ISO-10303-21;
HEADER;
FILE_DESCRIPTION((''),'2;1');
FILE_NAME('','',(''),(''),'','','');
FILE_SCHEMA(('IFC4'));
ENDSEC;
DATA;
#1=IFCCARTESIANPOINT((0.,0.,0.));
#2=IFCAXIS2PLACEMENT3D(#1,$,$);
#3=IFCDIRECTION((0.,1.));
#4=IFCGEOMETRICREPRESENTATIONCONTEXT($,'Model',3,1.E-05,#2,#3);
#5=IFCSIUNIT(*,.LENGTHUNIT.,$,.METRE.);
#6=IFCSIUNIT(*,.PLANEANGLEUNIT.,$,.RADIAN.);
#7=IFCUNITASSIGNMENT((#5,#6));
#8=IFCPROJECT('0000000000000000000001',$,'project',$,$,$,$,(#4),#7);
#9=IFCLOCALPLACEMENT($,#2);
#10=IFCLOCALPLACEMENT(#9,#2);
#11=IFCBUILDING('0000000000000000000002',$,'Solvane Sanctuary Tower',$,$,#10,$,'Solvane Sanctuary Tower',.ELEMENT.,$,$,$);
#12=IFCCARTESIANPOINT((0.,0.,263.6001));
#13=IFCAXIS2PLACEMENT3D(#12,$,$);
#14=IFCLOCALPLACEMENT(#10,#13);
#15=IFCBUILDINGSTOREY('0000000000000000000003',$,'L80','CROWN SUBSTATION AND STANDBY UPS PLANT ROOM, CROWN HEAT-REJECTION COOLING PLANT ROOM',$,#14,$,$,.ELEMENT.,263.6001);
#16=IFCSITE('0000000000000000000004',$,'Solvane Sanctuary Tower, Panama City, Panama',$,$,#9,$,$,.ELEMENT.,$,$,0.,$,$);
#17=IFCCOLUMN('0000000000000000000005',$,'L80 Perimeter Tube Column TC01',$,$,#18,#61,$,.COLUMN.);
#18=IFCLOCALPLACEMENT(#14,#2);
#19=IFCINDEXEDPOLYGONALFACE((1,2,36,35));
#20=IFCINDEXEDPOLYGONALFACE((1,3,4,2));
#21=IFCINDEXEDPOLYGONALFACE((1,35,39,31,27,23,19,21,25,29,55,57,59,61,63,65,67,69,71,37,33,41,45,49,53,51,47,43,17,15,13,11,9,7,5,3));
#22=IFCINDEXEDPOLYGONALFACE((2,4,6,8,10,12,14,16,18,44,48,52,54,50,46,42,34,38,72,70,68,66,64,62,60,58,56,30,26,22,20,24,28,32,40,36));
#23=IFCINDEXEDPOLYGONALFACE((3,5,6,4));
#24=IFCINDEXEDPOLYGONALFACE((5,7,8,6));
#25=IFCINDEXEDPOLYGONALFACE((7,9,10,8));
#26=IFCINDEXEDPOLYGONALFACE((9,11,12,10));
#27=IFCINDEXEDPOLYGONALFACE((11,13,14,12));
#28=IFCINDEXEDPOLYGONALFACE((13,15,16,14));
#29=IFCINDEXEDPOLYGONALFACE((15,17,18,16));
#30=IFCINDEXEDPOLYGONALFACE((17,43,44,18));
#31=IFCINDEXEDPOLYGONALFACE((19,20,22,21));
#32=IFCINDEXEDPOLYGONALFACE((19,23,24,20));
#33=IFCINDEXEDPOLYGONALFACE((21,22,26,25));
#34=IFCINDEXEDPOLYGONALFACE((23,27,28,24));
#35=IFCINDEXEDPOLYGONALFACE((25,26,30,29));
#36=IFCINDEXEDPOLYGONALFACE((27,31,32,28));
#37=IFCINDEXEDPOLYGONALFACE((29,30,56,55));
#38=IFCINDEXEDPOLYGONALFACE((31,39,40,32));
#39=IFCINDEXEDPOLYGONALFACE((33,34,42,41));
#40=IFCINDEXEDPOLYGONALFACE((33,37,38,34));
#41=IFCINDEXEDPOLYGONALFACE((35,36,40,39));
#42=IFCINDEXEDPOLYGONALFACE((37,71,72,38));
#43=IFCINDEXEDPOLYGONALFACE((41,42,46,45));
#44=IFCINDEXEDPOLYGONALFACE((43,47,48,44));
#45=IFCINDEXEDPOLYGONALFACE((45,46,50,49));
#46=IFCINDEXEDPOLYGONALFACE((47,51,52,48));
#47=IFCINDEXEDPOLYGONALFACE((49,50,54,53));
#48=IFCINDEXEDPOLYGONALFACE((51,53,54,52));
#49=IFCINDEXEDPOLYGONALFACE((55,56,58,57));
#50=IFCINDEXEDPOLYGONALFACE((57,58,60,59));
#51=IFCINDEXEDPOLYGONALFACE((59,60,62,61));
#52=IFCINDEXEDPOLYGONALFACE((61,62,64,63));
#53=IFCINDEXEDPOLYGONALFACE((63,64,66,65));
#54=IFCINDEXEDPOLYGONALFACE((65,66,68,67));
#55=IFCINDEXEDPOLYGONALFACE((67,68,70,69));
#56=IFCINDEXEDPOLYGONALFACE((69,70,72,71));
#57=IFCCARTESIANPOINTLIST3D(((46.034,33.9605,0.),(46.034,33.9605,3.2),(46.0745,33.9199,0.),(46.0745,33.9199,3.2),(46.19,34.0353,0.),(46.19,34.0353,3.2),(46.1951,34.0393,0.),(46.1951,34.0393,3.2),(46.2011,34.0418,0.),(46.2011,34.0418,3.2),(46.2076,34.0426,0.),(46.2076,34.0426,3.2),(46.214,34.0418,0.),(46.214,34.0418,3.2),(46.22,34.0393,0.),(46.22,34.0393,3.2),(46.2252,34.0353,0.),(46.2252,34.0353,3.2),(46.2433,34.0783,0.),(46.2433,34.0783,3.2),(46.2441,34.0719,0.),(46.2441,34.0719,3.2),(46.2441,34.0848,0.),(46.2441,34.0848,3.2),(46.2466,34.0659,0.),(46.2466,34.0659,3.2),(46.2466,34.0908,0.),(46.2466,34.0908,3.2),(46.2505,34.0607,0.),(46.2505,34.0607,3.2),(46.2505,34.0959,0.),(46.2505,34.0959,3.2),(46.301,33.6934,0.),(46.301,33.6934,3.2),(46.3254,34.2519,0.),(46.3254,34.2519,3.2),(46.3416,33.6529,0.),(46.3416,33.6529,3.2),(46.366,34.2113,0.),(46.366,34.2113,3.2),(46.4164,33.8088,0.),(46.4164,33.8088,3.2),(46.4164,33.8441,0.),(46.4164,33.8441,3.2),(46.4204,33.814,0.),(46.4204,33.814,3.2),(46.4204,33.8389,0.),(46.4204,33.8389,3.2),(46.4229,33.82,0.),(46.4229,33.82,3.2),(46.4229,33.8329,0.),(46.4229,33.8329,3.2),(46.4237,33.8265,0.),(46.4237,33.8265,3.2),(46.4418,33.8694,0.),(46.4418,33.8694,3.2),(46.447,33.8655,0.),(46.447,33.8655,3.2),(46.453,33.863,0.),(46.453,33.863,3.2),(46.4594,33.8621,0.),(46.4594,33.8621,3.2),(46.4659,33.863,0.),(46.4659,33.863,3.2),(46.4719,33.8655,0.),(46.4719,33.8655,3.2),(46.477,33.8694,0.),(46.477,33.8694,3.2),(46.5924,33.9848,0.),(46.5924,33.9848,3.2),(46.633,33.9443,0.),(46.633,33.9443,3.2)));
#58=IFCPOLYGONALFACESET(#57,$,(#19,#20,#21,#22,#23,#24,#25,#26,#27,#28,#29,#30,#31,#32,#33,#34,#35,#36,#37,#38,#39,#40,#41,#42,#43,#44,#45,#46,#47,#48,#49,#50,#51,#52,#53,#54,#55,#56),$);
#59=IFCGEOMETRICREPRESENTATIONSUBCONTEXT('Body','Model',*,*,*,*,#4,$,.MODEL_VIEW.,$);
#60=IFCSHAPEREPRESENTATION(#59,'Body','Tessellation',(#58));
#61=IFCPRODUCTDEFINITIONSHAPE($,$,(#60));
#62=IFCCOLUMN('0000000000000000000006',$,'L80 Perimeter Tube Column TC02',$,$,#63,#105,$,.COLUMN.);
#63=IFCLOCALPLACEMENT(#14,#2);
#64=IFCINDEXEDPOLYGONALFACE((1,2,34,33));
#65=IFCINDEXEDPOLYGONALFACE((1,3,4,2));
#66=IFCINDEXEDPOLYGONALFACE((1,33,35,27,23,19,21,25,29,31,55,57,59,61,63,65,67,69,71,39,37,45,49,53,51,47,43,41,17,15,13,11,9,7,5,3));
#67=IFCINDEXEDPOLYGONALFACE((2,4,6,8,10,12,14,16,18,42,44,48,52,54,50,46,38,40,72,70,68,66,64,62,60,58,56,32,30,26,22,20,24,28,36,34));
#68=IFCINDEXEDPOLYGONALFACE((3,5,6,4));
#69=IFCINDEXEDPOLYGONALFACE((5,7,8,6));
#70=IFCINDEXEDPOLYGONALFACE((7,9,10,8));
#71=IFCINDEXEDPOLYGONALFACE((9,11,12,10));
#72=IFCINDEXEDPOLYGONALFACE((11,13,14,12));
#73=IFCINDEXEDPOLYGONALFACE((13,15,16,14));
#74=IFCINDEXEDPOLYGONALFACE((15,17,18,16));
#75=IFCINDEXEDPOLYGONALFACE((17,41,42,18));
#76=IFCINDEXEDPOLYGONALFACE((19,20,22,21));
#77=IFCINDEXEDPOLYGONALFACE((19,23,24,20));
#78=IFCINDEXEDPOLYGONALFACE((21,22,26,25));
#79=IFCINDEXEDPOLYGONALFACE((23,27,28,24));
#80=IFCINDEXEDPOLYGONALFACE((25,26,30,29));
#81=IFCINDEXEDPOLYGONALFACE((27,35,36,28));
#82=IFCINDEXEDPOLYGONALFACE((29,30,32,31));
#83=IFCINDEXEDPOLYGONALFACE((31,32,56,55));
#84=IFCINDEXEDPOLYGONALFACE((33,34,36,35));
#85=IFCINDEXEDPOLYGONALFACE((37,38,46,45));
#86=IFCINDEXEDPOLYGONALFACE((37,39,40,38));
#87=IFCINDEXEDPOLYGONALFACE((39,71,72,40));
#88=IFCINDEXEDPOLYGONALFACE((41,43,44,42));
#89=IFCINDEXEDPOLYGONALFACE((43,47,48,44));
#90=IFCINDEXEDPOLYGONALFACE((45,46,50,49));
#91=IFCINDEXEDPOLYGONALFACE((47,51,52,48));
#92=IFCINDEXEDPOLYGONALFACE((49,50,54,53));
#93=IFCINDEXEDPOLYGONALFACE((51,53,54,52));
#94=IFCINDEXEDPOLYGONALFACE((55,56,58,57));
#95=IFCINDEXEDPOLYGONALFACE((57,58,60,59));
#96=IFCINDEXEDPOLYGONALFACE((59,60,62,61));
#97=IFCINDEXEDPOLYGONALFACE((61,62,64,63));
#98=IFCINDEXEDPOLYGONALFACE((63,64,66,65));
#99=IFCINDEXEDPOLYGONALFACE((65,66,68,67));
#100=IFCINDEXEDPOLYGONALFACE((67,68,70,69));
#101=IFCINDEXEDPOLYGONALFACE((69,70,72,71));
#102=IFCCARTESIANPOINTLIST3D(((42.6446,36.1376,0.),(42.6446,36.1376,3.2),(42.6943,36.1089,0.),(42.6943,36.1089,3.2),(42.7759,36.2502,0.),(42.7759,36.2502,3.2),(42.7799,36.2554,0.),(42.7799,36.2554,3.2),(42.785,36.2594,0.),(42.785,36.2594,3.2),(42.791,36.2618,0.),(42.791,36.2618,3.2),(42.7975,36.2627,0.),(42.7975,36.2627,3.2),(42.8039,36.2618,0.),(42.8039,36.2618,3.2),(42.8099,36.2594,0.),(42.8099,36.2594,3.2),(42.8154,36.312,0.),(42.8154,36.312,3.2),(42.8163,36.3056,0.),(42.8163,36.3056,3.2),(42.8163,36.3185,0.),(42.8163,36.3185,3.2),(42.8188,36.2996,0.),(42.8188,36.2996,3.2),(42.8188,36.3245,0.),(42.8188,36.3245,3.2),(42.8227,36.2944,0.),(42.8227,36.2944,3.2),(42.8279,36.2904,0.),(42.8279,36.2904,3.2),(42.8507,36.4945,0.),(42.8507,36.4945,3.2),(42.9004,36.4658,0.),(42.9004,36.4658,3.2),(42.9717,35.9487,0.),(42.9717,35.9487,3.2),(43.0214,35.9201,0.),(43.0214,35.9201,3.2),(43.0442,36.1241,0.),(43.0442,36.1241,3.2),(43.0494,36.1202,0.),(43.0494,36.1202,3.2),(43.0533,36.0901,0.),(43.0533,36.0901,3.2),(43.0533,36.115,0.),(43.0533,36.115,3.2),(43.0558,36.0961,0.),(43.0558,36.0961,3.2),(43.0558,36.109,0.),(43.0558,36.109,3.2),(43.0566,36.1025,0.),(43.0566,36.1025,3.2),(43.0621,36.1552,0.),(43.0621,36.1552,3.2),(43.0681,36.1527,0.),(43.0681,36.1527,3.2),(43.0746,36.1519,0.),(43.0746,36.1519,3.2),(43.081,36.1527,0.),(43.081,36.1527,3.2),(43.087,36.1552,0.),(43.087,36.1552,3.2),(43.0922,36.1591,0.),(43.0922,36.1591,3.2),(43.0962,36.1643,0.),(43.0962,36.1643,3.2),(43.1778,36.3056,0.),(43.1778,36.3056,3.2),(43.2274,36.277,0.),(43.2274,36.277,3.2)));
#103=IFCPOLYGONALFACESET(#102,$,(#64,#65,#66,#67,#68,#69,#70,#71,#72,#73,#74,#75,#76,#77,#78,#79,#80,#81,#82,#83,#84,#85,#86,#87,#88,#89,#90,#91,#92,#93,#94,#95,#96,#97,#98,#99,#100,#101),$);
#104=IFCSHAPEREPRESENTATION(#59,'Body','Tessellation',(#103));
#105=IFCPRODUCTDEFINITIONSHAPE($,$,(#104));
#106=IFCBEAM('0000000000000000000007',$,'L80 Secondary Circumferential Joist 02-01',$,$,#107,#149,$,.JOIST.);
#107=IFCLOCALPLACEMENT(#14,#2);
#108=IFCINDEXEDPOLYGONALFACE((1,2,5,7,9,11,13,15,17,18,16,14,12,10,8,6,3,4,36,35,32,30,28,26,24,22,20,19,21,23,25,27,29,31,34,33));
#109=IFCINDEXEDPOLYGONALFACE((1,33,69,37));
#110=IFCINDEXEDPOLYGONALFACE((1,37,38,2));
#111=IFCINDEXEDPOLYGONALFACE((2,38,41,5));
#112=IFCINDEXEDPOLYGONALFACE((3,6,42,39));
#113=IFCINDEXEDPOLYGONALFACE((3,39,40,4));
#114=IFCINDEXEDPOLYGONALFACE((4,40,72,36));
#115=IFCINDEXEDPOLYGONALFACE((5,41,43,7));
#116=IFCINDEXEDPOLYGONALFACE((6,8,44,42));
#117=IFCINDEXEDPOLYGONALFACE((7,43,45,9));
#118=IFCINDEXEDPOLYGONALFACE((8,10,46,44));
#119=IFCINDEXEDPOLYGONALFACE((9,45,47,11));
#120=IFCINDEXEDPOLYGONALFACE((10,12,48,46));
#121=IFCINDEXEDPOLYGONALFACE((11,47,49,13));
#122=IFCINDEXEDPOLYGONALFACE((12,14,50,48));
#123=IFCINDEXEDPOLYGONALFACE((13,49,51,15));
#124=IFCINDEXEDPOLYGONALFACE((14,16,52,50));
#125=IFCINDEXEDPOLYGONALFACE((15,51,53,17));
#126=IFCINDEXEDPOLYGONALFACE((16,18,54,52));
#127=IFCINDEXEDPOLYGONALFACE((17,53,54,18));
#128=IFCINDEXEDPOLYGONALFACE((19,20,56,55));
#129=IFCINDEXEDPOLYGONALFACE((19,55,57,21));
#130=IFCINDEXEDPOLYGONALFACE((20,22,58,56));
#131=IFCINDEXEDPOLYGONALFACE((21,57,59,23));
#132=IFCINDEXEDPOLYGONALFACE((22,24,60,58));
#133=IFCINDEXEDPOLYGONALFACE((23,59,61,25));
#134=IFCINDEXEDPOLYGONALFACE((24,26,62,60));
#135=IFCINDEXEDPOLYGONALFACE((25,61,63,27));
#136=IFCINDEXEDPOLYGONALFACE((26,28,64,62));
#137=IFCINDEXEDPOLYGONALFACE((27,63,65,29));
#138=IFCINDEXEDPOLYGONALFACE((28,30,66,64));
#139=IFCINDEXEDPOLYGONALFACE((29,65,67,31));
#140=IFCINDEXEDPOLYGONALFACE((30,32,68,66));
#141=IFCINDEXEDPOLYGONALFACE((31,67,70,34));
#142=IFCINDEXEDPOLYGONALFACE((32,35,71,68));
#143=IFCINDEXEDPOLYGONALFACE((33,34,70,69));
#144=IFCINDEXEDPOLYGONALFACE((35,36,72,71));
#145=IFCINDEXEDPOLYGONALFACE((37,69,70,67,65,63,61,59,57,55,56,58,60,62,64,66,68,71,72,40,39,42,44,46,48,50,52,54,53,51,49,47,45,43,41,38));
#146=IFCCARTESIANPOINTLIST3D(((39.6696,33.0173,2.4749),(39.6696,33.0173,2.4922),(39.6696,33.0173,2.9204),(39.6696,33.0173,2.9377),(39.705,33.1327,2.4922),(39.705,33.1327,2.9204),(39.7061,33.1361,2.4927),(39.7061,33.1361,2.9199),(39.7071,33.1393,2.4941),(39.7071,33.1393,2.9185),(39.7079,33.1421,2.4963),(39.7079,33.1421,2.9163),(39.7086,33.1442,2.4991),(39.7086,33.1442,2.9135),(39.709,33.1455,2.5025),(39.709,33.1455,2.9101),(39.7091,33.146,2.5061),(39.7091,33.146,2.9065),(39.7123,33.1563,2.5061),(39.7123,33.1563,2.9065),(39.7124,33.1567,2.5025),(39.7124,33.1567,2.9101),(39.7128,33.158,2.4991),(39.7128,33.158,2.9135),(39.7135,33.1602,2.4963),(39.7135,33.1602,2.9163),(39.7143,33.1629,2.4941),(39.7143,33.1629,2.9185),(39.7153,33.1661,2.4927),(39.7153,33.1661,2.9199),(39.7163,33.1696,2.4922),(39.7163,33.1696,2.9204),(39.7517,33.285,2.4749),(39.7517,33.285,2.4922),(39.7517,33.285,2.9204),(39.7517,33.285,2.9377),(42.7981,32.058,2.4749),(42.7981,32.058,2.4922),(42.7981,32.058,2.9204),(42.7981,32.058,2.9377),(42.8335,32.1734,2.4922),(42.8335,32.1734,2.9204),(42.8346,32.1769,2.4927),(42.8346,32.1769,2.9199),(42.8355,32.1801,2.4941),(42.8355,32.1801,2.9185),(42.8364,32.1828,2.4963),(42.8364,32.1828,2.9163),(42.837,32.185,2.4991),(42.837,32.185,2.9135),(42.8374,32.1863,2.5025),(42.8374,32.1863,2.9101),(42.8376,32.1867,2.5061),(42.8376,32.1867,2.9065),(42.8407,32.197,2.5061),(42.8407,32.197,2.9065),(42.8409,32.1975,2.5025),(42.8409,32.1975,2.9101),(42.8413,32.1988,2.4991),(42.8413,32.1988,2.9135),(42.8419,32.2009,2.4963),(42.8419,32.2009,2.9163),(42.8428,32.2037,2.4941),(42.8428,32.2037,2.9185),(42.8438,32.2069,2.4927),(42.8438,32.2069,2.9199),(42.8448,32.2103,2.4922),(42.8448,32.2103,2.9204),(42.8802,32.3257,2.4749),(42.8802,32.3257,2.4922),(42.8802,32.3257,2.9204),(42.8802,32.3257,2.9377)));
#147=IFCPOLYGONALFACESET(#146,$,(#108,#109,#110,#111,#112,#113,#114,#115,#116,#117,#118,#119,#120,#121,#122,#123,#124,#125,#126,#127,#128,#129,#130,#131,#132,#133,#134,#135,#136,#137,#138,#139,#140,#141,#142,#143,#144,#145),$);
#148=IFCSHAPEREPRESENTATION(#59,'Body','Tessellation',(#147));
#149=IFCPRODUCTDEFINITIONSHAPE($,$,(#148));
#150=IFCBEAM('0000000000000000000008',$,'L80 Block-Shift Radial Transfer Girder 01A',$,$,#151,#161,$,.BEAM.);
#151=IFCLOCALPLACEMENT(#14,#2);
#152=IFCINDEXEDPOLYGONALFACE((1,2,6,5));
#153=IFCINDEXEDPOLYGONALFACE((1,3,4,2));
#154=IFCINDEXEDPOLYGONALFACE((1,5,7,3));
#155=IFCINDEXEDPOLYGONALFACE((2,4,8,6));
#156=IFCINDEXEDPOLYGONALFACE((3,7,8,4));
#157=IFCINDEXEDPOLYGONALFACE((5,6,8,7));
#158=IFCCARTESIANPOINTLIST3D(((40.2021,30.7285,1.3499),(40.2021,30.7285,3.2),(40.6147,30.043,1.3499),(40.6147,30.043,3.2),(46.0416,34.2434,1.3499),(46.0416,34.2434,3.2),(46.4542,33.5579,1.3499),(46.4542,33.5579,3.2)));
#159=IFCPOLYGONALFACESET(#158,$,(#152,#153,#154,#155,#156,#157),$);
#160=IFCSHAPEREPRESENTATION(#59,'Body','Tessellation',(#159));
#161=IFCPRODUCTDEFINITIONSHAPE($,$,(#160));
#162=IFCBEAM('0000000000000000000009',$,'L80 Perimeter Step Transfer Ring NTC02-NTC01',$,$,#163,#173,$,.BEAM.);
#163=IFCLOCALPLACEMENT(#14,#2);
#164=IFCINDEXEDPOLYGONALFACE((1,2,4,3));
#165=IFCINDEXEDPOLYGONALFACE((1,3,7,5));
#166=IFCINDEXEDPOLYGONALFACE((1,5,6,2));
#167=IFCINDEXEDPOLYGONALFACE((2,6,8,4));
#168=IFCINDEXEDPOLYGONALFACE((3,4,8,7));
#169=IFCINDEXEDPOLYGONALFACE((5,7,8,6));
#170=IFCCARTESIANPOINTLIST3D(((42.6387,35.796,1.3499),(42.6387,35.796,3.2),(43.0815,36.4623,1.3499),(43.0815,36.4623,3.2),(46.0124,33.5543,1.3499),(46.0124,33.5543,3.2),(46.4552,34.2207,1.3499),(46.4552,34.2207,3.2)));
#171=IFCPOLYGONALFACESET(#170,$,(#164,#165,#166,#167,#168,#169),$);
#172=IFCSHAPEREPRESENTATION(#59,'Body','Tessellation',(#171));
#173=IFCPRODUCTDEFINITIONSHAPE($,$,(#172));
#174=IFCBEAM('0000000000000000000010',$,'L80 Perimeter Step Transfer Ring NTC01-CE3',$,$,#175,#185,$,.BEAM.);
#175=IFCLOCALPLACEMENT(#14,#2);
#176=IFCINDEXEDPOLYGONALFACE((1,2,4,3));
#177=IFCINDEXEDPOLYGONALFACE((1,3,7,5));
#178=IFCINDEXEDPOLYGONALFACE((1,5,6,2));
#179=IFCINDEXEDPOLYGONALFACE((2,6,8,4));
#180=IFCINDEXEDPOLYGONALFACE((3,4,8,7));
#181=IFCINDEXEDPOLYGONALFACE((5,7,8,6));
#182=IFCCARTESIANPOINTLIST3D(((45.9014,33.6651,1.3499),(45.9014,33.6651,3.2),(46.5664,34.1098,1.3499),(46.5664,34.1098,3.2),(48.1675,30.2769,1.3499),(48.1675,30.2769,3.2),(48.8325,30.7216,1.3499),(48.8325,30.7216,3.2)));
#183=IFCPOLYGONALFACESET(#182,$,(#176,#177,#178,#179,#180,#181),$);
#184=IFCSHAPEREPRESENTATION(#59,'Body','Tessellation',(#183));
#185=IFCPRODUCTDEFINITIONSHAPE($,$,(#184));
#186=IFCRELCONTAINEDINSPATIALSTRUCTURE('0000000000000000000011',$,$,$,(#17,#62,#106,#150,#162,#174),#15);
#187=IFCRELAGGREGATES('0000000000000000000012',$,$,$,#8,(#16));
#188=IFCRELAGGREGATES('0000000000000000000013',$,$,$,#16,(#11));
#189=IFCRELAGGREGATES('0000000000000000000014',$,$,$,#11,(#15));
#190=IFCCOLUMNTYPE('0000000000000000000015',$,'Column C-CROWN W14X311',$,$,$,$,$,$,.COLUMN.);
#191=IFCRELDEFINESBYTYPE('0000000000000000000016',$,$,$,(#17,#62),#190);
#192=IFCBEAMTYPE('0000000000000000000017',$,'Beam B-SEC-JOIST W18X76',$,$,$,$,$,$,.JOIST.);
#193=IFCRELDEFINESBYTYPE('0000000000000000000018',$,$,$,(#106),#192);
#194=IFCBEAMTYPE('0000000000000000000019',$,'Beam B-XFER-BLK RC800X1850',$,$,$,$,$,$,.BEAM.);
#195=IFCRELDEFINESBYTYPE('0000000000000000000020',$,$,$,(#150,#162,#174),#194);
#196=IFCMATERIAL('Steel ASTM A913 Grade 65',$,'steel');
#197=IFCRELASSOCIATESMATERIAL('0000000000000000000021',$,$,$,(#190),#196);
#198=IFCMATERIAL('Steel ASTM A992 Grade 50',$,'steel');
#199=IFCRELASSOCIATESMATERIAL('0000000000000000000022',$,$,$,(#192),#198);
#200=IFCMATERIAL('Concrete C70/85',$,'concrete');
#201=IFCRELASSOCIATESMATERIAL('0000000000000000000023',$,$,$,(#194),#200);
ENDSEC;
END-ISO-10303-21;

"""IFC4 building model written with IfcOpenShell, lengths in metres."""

from ifc_helpers import new_model, si_unit, direction, frame, origin, origin_2d, place, context, subcontext, project, spatial, rectangle, i_section, extrude, material, material_profile, profile_set, type_object, element, save


model = new_model("IFC4")

# Units and contexts
model_context = context("Model", 3, precision=1e-05, world=origin(), true_north=direction((0.0, 1.0)))
body_context = subcontext(model_context, "Body", "Model", "MODEL_VIEW")
ifc_project = project(units=[si_unit("LENGTHUNIT", "METRE"), si_unit("PLANEANGLEUNIT", "RADIAN")], contexts=[model_context])

# Site, building, storey
site_placement = place(None, origin())
site = spatial("IfcSite", under=ifc_project, at=site_placement, Name="Solvane Sanctuary Tower, Panama City, Panama", CompositionType="ELEMENT", RefElevation=0.0)
building_placement = place(site_placement, origin())
building = spatial("IfcBuilding", under=site, at=building_placement, Name="Solvane Sanctuary Tower", LongName="Solvane Sanctuary Tower", CompositionType="ELEMENT")
storey_placement = place(building_placement, frame((0.0, 0.0, 263.6001)))
storey = spatial("IfcBuildingStorey", under=building, at=storey_placement, Name="L80", Description="CROWN SUBSTATION AND STANDBY UPS PLANT ROOM, CROWN HEAT-REJECTION COOLING PLANT ROOM", CompositionType="ELEMENT", Elevation=263.6001)

# Columns
ifc_material_1 = material(Name="Steel ASTM A913 Grade 65", Category="steel")
ifc_material_profile_1 = material_profile(ifc_material_1, i_section(OverallWidth=0.4121, OverallDepth=0.4351, WebThickness=0.0359, FlangeThickness=0.0574, FilletRadius=0.0249, at=origin_2d()), Name="W14X311")
ifc_profile_set_1 = profile_set([ifc_material_profile_1], Name="Steel ASTM A913 Grade 65")
column_type = type_object("IfcColumnType", Name="Column C-CROWN W14X311", PredefinedType="COLUMN", material=ifc_profile_set_1)
for number, where, z_axis, x_axis, name in (
    (1, (46.3335, 33.9524, 0.0), (0.0, 0.0, 1.0), (0.707107, 0.707107, 0.0), "L80 Perimeter Tube Column TC01"),
    (2, (42.936, 36.2073, 0.0), (0.0, 0.0, 1.0), (0.5, 0.866025, 0.0), "L80 Perimeter Tube Column TC02"),
):
    element("IfcColumn", number, at=place(storey_placement, frame(where, z_axis=z_axis, x_axis=x_axis)), inside=storey, type_object=column_type, Name=name, PredefinedType="COLUMN", context=body_context, shape_type="SweptSolid", body=[
        extrude(i_section(OverallWidth=0.4121, OverallDepth=0.4351, WebThickness=0.0359, FlangeThickness=0.0574, FilletRadius=0.0249, at=origin_2d()), origin(), (0.0, 0.0, 1.0), 3.2),
    ])

# Beams
ifc_material_2 = material(Name="Steel ASTM A992 Grade 50", Category="steel")
ifc_material_profile_2 = material_profile(ifc_material_2, i_section(OverallWidth=0.28, OverallDepth=0.4629, WebThickness=0.0107, FlangeThickness=0.0173, FilletRadius=0.0139, at=origin_2d()), Name="W18X76")
ifc_profile_set_2 = profile_set([ifc_material_profile_2], Name="Steel ASTM A992 Grade 50")
beam_type_1 = type_object("IfcBeamType", Name="Beam B-SEC-JOIST W18X76", PredefinedType="JOIST", material=ifc_profile_set_2)
beam_1_placement = place(storey_placement, frame((39.7107, 33.1511, 2.7063), z_axis=(0.956067, -0.293147, 0.0), x_axis=(0.293147, 0.956067, 0.0)))
element("IfcBeam", 3, at=beam_1_placement, inside=storey, type_object=beam_type_1, Name="L80 Secondary Circumferential Joist 02-01", PredefinedType="JOIST", context=body_context, shape_type="SweptSolid", body=[
    extrude(i_section(OverallWidth=0.28, OverallDepth=0.4629, WebThickness=0.0107, FlangeThickness=0.0173, FilletRadius=0.0139, at=origin_2d()), origin(), (0.0, 0.0, 1.0), 3.2722),
])
ifc_material_3 = material(Name="Concrete C70/85", Category="concrete")
ifc_material_profile_3 = material_profile(ifc_material_3, rectangle(XDim=0.8, YDim=1.8501, at=origin_2d()), Name="RC800X1850")
ifc_profile_set_3 = profile_set([ifc_material_profile_3], Name="Concrete C70/85")
beam_type_2 = type_object("IfcBeamType", Name="Beam B-XFER-BLK RC800X1850", PredefinedType="BEAM", material=ifc_profile_set_3)
beam_2_placement = place(storey_placement, frame((40.4084, 30.3857, 2.2749), z_axis=(0.856762, 0.515712, 0.0), x_axis=(-0.515712, 0.856762, 0.0)))
element("IfcBeam", 4, at=beam_2_placement, inside=storey, type_object=beam_type_2, Name="L80 Block-Shift Radial Transfer Girder 01A", PredefinedType="BEAM", context=body_context, shape_type="SweptSolid", body=[
    extrude(rectangle(XDim=0.8, YDim=1.8501, at=origin_2d()), origin(), (0.0, 0.0, 1.0), 6.8157),
])
beam_3_placement = place(storey_placement, frame((42.8601, 36.1292, 2.2749), z_axis=(0.832902, -0.55342, 0.0), x_axis=(0.55342, 0.832902, 0.0)))
element("IfcBeam", 5, at=beam_3_placement, inside=storey, type_object=beam_type_2, Name="L80 Perimeter Step Transfer Ring NTC02-NTC01", PredefinedType="BEAM", context=body_context, shape_type="SweptSolid", body=[
    extrude(rectangle(XDim=0.8, YDim=1.8501, at=origin_2d()), origin(), (0.0, 0.0, 1.0), 4.0505),
])
beam_4_placement = place(storey_placement, frame((46.2339, 33.8875, 2.2749), z_axis=(0.555944, -0.83122, 0.0), x_axis=(0.83122, 0.555944, 0.0)))
element("IfcBeam", 6, at=beam_4_placement, inside=storey, type_object=beam_type_2, Name="L80 Perimeter Step Transfer Ring NTC01-CE3", PredefinedType="BEAM", context=body_context, shape_type="SweptSolid", body=[
    extrude(rectangle(XDim=0.8, YDim=1.8501, at=origin_2d()), origin(), (0.0, 0.0, 1.0), 4.0762),
])

save(model, "model.ifc")
